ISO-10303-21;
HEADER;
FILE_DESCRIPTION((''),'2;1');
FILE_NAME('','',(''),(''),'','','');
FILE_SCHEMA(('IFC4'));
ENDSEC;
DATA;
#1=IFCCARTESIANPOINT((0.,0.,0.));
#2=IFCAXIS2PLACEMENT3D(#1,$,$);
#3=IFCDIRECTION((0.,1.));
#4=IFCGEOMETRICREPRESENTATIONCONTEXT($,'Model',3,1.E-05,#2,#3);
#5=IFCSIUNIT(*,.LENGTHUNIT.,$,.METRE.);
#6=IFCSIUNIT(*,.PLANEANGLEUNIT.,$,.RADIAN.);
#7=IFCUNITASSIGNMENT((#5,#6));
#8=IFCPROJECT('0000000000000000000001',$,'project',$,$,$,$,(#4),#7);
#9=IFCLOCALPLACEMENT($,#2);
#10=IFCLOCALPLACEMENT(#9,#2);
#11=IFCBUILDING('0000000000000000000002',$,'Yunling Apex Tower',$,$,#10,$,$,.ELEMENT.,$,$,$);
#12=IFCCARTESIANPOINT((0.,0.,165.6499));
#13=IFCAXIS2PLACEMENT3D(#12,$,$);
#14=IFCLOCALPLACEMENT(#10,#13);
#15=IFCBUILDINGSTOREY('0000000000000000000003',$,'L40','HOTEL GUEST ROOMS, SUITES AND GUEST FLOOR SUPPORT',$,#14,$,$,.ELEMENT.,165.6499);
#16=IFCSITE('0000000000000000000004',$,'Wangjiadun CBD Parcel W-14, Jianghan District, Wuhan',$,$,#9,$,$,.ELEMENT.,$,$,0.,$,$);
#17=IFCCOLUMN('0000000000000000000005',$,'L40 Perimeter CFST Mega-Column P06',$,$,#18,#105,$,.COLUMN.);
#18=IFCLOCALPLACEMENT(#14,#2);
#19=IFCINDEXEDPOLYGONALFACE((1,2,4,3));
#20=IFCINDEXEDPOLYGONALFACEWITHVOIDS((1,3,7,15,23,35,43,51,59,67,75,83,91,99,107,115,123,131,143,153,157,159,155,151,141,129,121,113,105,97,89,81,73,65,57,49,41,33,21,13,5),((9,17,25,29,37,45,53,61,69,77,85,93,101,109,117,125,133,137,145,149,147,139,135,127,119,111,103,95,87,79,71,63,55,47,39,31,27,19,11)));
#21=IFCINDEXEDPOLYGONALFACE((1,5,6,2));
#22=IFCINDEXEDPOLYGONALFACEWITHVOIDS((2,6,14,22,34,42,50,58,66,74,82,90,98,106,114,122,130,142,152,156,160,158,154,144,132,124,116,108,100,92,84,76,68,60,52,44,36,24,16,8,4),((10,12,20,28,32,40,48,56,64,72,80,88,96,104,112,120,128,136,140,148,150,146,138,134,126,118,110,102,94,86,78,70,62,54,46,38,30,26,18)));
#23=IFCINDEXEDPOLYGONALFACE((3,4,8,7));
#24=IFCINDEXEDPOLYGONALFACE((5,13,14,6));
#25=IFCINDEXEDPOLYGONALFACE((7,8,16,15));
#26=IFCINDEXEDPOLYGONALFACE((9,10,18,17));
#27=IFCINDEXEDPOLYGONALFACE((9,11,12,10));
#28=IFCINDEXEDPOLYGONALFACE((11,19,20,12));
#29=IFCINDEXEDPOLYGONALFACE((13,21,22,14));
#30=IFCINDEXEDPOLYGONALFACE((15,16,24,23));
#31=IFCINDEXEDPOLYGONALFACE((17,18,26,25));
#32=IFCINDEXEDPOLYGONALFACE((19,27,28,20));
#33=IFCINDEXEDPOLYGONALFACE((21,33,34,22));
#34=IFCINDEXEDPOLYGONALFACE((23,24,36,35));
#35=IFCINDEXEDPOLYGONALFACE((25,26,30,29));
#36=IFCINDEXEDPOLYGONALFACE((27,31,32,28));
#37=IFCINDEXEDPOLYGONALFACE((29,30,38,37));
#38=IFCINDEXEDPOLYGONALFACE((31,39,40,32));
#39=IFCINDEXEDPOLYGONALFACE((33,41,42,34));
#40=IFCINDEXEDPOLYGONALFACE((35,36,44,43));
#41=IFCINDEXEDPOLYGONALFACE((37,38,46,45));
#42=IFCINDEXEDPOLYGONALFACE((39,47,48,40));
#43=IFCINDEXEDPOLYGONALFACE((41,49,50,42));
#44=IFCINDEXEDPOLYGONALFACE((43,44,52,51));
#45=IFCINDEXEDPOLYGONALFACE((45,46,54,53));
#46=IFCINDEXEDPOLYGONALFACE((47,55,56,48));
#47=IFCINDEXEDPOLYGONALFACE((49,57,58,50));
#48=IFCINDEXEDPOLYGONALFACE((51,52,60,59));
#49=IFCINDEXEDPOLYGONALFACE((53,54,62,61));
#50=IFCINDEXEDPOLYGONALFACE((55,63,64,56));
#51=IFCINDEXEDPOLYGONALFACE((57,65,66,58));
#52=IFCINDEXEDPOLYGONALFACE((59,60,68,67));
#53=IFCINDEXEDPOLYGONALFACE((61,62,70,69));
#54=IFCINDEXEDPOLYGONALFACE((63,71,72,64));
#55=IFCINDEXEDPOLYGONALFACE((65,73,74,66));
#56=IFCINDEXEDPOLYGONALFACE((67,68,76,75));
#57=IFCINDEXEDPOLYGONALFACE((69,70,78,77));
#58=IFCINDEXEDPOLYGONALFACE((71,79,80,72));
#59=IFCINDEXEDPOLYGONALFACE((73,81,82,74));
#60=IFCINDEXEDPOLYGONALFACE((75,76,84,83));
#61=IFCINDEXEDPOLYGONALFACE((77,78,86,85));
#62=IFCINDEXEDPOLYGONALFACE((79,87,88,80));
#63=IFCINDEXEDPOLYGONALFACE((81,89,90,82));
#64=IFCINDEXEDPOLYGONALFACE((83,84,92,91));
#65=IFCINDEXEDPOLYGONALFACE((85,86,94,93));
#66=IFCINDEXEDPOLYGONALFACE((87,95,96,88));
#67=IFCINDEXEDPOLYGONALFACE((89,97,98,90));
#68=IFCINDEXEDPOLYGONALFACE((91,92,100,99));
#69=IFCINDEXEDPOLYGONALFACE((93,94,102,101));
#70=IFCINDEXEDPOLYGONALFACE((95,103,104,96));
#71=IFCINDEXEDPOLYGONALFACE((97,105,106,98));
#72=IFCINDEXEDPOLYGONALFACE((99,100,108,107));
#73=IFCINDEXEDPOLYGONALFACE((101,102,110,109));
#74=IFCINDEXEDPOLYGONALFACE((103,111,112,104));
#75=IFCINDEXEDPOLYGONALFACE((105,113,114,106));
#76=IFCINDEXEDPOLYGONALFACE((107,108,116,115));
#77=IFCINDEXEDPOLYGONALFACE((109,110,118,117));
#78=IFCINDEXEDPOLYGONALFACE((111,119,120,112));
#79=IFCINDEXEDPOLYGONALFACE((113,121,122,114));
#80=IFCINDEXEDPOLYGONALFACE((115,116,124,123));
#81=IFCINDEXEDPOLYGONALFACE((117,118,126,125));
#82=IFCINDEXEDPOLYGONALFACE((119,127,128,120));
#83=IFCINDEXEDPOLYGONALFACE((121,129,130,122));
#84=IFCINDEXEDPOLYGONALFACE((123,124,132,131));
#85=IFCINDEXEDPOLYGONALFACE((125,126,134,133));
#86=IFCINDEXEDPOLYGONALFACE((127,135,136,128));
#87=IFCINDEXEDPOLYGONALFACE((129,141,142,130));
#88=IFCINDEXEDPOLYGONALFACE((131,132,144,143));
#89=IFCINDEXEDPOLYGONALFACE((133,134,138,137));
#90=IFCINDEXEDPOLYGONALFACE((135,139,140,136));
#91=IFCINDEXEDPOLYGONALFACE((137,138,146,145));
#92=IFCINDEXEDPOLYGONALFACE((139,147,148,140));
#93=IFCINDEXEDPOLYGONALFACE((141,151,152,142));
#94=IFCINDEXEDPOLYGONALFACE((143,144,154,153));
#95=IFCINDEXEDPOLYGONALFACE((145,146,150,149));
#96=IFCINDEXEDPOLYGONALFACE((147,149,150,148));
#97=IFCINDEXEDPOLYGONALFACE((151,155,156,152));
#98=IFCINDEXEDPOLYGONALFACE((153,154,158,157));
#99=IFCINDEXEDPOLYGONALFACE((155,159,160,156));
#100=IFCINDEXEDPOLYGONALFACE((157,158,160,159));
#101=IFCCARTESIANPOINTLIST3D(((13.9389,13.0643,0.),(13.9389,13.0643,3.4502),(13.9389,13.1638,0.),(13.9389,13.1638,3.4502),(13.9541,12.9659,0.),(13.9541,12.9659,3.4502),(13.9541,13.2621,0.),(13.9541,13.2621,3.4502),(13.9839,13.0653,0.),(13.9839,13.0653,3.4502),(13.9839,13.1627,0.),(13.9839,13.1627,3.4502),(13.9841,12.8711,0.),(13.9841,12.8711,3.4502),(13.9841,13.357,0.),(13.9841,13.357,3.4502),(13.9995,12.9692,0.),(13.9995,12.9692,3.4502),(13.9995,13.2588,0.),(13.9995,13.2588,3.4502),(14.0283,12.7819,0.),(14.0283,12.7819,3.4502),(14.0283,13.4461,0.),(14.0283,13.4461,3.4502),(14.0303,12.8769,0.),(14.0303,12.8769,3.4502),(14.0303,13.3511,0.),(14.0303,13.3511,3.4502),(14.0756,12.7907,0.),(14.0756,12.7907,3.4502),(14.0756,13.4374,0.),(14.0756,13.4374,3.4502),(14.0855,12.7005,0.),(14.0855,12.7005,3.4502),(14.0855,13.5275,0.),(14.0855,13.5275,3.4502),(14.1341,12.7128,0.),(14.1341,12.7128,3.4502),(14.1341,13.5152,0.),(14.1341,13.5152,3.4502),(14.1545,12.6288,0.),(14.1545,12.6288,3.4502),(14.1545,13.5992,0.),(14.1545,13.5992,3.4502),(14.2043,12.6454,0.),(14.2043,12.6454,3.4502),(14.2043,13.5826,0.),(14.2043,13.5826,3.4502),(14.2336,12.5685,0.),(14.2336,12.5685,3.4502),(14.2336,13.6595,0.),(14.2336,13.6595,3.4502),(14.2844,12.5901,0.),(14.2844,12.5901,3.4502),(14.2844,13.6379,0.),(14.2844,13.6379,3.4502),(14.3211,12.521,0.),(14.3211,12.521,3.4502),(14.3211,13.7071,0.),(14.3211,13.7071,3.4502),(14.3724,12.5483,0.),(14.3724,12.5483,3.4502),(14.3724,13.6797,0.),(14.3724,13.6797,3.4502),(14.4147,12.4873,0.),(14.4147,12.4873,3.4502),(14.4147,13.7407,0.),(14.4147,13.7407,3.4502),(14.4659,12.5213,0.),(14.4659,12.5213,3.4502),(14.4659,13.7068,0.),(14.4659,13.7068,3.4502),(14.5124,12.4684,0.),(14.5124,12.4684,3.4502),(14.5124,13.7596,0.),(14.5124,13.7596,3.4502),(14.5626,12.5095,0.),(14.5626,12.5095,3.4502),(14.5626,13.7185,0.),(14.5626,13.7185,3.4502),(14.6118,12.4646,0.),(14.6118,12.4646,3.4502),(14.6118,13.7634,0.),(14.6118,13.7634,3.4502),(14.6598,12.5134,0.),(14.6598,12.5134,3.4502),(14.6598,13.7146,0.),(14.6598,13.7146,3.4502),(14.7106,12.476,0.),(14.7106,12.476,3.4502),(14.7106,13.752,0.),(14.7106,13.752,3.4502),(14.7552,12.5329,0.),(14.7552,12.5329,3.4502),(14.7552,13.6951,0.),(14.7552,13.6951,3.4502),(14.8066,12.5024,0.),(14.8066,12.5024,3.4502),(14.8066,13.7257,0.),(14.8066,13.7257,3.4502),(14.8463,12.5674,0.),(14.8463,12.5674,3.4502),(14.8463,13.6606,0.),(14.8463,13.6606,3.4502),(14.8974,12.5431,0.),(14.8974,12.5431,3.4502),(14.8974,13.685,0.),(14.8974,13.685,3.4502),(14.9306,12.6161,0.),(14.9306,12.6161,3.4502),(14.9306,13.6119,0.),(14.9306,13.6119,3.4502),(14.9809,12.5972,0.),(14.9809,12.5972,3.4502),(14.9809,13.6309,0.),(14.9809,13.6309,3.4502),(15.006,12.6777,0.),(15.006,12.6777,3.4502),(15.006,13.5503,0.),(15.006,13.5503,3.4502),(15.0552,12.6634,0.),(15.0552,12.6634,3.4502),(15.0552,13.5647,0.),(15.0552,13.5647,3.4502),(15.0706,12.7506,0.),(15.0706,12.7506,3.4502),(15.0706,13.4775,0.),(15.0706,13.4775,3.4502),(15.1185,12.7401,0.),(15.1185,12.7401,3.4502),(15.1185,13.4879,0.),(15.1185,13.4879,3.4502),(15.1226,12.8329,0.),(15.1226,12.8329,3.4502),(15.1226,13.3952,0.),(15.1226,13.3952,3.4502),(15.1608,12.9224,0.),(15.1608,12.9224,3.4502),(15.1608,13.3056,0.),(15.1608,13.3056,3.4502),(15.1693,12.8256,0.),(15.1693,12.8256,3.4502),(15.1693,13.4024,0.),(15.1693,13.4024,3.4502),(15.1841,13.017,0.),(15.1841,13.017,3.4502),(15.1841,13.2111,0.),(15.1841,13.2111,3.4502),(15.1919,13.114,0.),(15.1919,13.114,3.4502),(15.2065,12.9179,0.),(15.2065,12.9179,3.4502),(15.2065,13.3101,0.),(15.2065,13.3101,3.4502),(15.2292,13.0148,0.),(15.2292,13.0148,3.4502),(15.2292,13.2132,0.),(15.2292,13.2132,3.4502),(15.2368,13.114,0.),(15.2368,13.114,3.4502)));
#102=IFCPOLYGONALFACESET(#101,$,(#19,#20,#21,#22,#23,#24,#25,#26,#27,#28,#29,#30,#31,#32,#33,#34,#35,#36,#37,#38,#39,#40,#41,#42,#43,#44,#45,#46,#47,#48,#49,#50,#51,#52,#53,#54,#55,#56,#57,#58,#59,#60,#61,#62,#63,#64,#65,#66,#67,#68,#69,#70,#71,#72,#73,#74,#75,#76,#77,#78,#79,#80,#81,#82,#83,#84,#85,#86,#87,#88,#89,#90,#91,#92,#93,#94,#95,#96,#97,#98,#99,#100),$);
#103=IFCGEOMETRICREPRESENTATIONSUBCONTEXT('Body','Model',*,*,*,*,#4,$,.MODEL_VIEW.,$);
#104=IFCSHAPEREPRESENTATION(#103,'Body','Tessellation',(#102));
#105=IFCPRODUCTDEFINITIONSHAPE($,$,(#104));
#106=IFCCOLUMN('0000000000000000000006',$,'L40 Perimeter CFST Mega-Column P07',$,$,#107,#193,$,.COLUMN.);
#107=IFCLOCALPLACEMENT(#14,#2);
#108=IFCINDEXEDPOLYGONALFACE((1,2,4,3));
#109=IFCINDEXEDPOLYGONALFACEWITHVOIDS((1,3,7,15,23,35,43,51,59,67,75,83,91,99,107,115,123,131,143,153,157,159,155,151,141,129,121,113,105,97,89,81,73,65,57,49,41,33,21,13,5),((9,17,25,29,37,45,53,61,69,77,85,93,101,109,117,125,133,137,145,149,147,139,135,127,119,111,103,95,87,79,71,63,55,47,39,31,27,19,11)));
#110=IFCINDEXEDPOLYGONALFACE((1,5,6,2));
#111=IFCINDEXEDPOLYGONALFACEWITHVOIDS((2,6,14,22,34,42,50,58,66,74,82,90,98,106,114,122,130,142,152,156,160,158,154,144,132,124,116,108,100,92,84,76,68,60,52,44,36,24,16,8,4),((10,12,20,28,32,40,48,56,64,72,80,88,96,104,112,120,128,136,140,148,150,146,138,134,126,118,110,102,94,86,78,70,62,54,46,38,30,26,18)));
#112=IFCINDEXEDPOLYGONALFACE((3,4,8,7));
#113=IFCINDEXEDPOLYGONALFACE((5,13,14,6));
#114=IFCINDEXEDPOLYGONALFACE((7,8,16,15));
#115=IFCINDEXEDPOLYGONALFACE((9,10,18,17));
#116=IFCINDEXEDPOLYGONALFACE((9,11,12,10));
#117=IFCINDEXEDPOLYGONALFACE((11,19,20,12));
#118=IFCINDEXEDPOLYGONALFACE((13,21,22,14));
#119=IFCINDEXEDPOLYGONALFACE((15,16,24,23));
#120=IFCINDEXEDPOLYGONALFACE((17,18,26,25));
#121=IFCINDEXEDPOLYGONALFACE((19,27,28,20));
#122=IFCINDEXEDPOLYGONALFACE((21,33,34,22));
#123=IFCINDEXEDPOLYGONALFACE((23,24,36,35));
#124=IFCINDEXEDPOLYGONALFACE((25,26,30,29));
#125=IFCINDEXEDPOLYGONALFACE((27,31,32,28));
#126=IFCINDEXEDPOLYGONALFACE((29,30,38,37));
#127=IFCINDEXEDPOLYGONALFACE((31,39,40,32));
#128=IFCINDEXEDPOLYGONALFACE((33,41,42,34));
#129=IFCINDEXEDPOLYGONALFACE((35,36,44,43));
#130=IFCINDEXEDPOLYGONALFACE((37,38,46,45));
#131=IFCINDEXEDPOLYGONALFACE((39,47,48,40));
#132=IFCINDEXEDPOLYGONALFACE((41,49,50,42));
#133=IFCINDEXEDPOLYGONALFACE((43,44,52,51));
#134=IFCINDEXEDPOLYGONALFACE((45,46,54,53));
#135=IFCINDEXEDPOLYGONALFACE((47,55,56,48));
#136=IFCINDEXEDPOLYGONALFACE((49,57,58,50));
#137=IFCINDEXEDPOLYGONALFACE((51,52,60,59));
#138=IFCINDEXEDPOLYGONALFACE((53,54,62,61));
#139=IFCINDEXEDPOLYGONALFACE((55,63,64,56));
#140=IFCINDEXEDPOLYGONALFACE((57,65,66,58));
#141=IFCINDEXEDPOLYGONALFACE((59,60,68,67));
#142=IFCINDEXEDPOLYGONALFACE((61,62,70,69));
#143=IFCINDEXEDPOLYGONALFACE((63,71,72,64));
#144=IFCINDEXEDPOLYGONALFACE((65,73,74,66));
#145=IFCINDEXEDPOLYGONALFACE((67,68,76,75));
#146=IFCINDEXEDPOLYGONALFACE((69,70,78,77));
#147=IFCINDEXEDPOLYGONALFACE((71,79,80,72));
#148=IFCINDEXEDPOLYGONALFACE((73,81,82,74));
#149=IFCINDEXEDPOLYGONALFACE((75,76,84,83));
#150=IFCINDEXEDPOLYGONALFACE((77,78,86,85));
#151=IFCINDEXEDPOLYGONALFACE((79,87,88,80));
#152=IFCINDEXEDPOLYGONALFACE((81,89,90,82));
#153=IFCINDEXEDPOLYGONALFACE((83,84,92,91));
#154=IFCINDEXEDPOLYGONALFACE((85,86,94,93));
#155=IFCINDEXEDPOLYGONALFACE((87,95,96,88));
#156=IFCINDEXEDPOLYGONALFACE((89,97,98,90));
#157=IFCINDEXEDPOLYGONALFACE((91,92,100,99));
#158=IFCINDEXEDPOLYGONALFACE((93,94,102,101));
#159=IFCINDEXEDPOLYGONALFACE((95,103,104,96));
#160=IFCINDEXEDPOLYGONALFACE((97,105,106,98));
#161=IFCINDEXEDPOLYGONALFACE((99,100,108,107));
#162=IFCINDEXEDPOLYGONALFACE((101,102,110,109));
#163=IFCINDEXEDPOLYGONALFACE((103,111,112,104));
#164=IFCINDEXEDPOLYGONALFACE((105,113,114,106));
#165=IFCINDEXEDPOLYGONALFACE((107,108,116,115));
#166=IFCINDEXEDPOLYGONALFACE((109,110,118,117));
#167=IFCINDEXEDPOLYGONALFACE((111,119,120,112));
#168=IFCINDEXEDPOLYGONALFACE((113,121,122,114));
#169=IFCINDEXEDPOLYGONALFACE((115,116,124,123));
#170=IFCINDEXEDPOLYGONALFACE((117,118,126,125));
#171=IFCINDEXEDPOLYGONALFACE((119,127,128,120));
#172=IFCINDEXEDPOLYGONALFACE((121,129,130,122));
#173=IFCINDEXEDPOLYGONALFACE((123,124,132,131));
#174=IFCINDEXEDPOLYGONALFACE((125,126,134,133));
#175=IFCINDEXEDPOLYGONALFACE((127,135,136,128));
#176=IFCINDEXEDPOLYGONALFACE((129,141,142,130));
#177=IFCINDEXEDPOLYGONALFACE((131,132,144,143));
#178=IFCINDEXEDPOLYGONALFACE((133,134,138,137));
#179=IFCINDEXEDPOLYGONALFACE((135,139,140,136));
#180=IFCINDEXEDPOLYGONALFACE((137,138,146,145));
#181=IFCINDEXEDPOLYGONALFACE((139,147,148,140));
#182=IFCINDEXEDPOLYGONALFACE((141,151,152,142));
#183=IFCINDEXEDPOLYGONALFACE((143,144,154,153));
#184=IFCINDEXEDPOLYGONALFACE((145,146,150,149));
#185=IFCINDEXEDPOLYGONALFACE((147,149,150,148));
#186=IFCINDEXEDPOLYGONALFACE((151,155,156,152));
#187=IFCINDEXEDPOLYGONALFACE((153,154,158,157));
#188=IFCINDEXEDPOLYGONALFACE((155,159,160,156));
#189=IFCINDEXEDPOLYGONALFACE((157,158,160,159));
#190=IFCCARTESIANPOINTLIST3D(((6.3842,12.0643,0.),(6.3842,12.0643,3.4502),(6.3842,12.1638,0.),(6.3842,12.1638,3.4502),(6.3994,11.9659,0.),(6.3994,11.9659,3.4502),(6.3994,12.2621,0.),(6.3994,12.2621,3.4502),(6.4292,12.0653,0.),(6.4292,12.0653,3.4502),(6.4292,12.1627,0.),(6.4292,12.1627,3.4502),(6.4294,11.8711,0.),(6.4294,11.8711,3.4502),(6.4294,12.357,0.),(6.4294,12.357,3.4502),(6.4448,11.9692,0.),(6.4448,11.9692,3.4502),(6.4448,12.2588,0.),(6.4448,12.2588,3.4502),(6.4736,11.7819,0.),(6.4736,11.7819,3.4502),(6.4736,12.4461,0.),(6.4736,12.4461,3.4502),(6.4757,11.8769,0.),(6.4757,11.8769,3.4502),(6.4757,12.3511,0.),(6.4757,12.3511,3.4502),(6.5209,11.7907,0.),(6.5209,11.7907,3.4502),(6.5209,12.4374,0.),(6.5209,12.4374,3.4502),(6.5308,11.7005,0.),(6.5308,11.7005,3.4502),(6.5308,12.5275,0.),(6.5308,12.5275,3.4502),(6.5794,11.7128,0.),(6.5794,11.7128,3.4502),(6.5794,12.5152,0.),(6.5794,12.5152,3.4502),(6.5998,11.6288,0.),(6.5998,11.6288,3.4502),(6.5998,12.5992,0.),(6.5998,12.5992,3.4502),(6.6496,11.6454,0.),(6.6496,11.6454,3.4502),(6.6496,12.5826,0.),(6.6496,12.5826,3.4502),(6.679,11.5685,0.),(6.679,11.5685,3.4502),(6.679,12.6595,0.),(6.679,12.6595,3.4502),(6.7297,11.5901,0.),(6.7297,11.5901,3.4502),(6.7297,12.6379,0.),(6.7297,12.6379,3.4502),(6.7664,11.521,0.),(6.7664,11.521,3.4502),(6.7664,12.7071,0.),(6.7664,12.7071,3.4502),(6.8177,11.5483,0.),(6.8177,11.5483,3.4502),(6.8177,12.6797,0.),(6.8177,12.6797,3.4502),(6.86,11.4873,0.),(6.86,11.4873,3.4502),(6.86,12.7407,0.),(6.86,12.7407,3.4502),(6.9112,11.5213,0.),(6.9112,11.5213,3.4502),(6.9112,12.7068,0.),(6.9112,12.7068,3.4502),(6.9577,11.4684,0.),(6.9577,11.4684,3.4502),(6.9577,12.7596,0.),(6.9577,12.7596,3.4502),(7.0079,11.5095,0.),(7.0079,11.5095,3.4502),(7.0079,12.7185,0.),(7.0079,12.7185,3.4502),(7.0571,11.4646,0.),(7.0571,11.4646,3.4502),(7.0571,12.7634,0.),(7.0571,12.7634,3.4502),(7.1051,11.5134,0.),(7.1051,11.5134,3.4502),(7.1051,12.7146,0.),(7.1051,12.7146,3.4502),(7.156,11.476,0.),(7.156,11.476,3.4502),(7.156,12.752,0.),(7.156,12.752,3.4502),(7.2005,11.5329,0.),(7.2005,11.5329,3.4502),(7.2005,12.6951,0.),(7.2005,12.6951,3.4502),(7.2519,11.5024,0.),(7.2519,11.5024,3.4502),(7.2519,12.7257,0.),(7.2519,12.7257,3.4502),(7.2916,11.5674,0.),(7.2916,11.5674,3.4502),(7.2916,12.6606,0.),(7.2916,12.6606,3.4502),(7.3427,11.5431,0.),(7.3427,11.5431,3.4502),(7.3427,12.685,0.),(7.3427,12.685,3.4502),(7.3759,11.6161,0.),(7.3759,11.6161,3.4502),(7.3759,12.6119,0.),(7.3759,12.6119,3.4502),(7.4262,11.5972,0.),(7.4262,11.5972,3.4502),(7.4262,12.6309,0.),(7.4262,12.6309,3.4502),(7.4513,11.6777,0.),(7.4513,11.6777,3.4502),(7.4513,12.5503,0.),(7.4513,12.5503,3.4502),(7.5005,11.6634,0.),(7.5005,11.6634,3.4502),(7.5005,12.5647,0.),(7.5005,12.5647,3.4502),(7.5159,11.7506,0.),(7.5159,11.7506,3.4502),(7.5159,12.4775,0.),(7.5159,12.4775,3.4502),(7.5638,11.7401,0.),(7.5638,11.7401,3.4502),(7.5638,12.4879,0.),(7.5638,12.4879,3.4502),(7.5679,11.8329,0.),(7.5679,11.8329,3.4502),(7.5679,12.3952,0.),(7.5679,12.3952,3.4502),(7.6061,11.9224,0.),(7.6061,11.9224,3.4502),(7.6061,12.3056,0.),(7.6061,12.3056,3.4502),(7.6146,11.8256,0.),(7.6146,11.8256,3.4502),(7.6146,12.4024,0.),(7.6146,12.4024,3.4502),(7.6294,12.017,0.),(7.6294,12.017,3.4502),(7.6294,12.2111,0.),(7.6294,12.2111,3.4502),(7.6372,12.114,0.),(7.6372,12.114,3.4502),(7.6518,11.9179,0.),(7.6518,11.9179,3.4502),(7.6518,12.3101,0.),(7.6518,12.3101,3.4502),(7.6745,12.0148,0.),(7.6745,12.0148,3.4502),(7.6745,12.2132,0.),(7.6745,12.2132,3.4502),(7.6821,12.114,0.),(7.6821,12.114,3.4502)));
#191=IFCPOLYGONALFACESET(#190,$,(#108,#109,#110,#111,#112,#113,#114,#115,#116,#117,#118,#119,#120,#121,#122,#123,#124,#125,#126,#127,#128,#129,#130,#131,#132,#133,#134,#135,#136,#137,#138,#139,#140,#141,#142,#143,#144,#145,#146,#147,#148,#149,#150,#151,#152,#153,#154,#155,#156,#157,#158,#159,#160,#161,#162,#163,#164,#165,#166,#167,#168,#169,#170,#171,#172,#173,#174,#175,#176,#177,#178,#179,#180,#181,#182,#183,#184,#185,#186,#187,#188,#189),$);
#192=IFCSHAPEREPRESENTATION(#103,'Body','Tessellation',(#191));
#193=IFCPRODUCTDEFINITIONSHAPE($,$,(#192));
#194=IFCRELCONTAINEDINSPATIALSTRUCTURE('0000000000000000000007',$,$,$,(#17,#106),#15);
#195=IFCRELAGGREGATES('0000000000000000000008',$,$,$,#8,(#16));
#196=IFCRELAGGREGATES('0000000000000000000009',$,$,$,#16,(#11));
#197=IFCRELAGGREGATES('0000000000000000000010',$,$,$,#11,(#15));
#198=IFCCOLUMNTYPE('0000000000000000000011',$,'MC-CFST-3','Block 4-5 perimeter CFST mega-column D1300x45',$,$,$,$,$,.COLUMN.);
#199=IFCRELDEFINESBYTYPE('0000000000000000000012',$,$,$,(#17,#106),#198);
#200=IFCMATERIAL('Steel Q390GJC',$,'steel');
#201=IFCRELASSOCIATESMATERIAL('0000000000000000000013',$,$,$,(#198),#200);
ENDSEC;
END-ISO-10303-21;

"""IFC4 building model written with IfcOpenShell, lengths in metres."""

from ifc_helpers import new_model, si_unit, direction, frame, origin, origin_2d, place, context, subcontext, project, spatial, hollow_circle, extrude, source, transform, mapped, material, material_profile, profile_set, type_object, element, save


model = new_model("IFC4")

# Units and contexts
model_context = context("Model", 3, precision=1e-05, world=origin(), true_north=direction((0.0, 1.0)))
body_context = subcontext(model_context, "Body", "Model", "MODEL_VIEW")
ifc_project = project(units=[si_unit("LENGTHUNIT", "METRE"), si_unit("PLANEANGLEUNIT", "RADIAN")], contexts=[model_context])

# Site, building, storey
site_placement = place(None, origin())
site = spatial("IfcSite", under=ifc_project, at=site_placement, Name="Wangjiadun CBD Parcel W-14, Jianghan District, Wuhan", CompositionType="ELEMENT", RefElevation=0.0)
building_placement = place(site_placement, origin())
building = spatial("IfcBuilding", under=site, at=building_placement, Name="Yunling Apex Tower", CompositionType="ELEMENT")
storey_placement = place(building_placement, frame((0.0, 0.0, 165.6499)))
storey = spatial("IfcBuildingStorey", under=building, at=storey_placement, Name="L40", Description="HOTEL GUEST ROOMS, SUITES AND GUEST FLOOR SUPPORT", CompositionType="ELEMENT", Elevation=165.6499)

# Columns
ifc_material_1 = material(Name="Steel Q390GJC", Category="steel")
ifc_material_profile_1 = material_profile(ifc_material_1, hollow_circle(Radius=0.6499, WallThickness=0.0449, at=origin_2d()))
ifc_profile_set_1 = profile_set([ifc_material_profile_1], Name="Steel Q390GJC")
column_type = type_object("IfcColumnType", Name="MC-CFST-3", Description="Block 4-5 perimeter CFST mega-column D1300x45", PredefinedType="COLUMN", material=ifc_profile_set_1)
shared_shape_1 = source(origin(), body_context, "Body", "SweptSolid", [
    extrude(hollow_circle(Radius=0.6499, WallThickness=0.0449, at=origin_2d()), origin(), (0.0, 0.0, 1.0), 3.4502),
])
for number, where, z_axis, x_axis, name in (
    (1, (14.5869, 13.114, 0.0), (0.0, 0.0, 1.0), (1.0, 0.0, 0.0), "L40 Perimeter CFST Mega-Column P06"),
    (2, (7.0322, 12.114, 0.0), (0.0, 0.0, 1.0), (1.0, 0.0, 0.0), "L40 Perimeter CFST Mega-Column P07"),
):
    element("IfcColumn", number, at=place(storey_placement, frame(where, z_axis=z_axis, x_axis=x_axis)), inside=storey, type_object=column_type, Name=name, PredefinedType="COLUMN", context=body_context, shape_type="MappedRepresentation", body=[
        mapped(shared_shape_1, transform((0.0, 0.0, 0.0), scale=1.0)),
    ])

save(model, "model.ifc")
